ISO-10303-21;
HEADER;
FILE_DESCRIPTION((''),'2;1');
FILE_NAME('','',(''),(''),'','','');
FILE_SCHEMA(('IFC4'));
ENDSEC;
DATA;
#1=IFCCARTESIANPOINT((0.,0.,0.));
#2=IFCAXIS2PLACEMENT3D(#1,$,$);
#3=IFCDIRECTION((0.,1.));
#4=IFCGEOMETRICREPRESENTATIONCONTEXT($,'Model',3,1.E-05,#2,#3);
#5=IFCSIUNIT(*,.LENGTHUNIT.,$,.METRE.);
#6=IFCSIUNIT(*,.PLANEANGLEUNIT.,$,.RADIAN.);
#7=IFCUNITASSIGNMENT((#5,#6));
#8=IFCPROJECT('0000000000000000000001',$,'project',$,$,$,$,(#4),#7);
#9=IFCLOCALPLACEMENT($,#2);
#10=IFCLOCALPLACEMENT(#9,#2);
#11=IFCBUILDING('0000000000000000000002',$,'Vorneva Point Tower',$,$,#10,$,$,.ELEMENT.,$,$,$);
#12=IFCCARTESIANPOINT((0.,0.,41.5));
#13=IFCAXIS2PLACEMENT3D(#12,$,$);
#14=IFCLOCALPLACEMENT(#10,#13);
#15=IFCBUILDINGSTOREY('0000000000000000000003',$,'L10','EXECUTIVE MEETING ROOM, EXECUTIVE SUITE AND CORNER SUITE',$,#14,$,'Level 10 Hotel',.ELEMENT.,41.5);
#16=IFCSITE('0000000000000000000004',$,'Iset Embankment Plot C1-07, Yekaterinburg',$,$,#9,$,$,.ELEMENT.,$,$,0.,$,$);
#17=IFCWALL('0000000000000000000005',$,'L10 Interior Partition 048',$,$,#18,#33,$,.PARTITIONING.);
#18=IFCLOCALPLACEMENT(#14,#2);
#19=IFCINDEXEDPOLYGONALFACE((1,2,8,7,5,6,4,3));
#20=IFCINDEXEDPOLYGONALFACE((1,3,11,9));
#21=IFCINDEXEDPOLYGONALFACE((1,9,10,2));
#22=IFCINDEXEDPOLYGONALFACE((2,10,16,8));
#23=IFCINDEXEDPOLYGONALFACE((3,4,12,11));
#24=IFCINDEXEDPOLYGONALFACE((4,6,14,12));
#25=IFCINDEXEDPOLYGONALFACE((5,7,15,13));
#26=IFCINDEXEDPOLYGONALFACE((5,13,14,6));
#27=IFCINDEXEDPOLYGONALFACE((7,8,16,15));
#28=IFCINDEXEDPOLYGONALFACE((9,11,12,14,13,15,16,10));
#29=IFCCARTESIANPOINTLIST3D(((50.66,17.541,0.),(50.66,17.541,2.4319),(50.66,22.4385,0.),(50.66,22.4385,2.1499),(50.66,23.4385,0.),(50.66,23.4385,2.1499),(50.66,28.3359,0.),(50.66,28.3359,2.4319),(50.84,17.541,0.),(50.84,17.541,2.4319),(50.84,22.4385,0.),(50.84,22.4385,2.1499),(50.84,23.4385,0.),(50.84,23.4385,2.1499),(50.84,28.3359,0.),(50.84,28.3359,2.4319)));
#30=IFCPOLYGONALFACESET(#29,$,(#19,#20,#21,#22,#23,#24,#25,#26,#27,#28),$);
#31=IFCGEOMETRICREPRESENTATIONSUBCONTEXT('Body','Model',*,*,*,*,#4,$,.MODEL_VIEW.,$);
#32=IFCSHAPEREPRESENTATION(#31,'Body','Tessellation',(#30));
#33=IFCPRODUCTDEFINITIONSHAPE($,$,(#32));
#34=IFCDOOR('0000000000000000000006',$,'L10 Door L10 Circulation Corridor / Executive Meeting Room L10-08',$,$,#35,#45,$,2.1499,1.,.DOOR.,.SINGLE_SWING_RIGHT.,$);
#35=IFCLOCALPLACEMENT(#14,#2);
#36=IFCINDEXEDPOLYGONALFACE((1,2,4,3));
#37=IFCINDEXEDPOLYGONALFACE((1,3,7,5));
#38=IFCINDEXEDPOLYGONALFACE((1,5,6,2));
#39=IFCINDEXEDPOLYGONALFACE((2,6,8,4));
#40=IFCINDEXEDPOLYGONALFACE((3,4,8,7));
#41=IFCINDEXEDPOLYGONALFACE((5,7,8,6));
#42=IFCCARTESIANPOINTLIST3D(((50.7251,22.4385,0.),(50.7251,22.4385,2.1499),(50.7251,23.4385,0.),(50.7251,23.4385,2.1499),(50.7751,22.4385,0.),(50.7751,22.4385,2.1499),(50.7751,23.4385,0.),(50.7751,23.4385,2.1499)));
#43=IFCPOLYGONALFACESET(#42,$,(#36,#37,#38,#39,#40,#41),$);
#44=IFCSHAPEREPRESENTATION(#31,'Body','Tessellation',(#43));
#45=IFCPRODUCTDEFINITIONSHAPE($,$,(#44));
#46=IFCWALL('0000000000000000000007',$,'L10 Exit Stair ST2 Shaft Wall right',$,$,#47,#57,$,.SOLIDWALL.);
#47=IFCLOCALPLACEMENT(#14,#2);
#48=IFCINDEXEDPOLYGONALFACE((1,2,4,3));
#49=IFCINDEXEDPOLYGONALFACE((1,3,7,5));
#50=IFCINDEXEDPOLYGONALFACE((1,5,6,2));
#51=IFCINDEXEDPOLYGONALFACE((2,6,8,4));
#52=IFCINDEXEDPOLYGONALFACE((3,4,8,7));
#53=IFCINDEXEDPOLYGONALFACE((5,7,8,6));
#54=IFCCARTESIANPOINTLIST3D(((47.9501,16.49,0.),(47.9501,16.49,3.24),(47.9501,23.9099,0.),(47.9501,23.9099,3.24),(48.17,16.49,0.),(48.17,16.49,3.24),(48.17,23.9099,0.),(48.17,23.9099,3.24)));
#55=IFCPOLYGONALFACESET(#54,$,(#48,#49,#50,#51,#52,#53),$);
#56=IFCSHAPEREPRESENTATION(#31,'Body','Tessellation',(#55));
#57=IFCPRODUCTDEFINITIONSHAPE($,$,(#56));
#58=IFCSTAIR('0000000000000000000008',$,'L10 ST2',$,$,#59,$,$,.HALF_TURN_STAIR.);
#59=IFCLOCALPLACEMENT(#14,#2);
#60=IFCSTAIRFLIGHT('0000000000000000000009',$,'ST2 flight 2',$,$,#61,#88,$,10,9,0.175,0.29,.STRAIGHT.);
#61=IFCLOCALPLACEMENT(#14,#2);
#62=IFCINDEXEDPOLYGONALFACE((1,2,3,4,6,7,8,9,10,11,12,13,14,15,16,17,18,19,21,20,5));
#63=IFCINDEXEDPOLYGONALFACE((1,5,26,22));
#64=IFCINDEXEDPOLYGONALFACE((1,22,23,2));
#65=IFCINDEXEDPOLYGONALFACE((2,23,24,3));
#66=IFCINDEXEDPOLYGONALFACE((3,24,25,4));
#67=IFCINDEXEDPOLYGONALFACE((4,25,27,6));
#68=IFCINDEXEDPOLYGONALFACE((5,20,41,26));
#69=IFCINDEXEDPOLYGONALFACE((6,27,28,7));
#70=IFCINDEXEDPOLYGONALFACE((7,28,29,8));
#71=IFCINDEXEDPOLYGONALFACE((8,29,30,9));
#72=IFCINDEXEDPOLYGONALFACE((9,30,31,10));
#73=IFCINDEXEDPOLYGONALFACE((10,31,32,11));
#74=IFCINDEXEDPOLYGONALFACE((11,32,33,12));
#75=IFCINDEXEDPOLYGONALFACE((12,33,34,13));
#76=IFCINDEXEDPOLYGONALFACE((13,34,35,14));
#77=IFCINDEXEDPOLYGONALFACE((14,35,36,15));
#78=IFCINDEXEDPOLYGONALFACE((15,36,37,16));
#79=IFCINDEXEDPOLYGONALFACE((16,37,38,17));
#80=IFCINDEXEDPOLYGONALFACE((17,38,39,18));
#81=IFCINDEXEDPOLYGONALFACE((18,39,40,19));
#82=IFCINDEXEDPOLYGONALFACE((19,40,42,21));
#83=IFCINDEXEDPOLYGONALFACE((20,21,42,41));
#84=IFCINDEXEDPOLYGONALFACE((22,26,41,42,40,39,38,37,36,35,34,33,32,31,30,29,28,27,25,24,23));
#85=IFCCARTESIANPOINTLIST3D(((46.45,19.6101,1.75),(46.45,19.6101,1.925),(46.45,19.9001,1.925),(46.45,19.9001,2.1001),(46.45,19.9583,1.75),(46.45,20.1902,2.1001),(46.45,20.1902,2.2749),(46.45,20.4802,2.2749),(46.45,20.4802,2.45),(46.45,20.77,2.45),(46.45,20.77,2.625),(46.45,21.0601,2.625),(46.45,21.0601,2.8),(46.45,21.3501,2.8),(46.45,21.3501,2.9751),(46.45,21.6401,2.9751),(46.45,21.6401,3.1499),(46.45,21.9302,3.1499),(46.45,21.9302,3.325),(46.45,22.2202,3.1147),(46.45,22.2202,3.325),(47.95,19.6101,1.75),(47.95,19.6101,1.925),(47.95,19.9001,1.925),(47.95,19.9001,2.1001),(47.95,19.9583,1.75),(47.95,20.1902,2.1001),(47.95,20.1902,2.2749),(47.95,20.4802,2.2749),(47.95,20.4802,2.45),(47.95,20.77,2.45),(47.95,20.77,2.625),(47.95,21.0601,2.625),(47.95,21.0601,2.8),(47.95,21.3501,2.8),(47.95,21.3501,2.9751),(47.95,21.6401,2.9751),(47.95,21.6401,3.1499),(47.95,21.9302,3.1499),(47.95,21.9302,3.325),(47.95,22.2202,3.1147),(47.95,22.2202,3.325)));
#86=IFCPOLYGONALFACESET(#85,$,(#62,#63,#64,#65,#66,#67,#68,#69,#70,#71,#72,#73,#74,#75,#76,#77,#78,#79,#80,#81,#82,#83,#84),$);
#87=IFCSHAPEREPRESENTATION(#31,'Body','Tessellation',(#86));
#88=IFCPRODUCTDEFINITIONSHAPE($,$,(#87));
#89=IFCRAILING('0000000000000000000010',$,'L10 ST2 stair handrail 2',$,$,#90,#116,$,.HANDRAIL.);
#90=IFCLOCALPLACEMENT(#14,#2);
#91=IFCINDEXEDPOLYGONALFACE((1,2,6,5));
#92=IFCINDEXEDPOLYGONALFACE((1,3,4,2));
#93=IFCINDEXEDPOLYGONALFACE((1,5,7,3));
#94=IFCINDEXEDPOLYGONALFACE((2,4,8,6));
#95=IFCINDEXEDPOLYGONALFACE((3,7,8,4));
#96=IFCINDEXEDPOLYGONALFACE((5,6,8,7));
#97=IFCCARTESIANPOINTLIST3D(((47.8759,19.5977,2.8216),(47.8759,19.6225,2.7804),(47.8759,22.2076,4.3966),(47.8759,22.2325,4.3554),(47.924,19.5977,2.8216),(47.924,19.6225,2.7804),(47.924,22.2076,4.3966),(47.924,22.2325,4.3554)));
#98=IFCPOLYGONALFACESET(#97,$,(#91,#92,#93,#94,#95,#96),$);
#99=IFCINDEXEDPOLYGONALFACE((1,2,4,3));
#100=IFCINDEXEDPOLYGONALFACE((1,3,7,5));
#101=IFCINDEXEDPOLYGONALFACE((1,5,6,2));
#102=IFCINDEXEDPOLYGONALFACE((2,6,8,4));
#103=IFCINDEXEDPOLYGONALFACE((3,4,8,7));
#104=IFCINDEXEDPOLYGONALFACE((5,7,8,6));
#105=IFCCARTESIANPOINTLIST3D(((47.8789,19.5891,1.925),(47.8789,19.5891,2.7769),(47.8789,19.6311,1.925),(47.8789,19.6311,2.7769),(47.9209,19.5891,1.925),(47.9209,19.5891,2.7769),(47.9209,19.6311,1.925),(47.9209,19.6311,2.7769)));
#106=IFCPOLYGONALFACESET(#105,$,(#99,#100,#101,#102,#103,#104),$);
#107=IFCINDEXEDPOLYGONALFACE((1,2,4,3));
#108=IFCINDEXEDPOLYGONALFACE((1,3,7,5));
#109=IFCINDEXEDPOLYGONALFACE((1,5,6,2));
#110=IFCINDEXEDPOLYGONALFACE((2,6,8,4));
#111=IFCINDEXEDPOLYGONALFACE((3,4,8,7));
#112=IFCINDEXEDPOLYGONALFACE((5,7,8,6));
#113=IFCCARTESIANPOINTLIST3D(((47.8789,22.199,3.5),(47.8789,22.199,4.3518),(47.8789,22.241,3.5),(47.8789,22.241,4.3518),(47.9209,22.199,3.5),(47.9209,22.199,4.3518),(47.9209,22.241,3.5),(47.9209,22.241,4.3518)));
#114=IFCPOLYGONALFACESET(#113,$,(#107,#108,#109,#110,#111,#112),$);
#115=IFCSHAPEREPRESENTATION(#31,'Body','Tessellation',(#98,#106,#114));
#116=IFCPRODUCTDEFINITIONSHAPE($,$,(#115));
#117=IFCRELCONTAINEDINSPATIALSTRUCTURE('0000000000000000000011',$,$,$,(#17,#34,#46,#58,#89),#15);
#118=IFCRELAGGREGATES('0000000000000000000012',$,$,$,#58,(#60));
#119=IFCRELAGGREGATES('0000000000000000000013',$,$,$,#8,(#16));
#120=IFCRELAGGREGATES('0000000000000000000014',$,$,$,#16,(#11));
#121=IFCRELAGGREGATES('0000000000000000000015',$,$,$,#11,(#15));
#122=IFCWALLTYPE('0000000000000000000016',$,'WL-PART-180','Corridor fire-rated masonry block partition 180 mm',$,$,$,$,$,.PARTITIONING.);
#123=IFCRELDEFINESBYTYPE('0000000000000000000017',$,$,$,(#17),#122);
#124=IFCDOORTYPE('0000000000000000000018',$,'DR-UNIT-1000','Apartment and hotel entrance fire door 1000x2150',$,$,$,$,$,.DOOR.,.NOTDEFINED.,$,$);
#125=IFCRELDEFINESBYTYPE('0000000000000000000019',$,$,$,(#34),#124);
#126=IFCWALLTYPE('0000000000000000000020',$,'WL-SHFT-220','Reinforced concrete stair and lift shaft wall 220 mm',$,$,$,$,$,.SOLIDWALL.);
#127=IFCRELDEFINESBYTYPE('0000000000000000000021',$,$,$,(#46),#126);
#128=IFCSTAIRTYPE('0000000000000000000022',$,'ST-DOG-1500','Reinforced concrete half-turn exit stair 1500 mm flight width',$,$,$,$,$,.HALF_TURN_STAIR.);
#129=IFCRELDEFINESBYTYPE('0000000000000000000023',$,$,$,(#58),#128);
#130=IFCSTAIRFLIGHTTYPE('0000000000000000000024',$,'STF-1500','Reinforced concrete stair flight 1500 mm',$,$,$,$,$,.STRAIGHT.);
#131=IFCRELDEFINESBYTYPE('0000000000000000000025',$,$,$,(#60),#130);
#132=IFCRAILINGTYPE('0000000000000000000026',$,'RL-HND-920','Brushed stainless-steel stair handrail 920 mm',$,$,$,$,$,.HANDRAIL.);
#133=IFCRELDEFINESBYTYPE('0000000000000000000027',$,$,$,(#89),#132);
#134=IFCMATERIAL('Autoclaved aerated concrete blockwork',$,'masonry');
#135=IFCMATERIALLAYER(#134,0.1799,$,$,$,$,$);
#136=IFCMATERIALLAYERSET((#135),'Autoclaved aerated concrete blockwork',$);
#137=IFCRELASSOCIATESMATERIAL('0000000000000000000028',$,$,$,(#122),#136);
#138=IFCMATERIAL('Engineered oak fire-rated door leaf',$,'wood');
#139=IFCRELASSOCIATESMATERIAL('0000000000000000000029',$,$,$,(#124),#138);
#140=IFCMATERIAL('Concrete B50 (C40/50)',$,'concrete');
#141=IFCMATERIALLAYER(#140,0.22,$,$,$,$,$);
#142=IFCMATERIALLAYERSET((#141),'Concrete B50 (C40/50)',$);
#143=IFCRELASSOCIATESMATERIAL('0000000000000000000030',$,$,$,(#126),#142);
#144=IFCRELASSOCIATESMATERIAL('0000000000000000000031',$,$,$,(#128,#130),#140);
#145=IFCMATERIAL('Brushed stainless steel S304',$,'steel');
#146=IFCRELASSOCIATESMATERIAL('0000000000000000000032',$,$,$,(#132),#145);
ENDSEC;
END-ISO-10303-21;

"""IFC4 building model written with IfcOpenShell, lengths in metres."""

from ifc_helpers import new_model, si_unit, direction, frame, frame_2d, origin, origin_2d, place, context, subcontext, project, spatial, polyline, rectangle, outline, extrude, material, layer, layer_set, type_object, element, fill, aggregate, save


model = new_model("IFC4")

# Units and contexts
model_context = context("Model", 3, precision=1e-05, world=origin(), true_north=direction((0.0, 1.0)))
body_context = subcontext(model_context, "Body", "Model", "MODEL_VIEW")
ifc_project = project(units=[si_unit("LENGTHUNIT", "METRE"), si_unit("PLANEANGLEUNIT", "RADIAN")], contexts=[model_context])

# Site, building, storey
site_placement = place(None, origin())
site = spatial("IfcSite", under=ifc_project, at=site_placement, Name="Iset Embankment Plot C1-07, Yekaterinburg", CompositionType="ELEMENT", RefElevation=0.0)
building_placement = place(site_placement, origin())
building = spatial("IfcBuilding", under=site, at=building_placement, Name="Vorneva Point Tower", CompositionType="ELEMENT")
storey_placement = place(building_placement, frame((0.0, 0.0, 41.5)))
storey = spatial("IfcBuildingStorey", under=building, at=storey_placement, Name="L10", Description="EXECUTIVE MEETING ROOM, EXECUTIVE SUITE AND CORNER SUITE", LongName="Level 10 Hotel", CompositionType="ELEMENT", Elevation=41.5)

# Wall, opening, door
ifc_material_1 = material(Name="Autoclaved aerated concrete blockwork", Category="masonry")
ifc_layer_1 = layer(ifc_material_1, 0.1799)
ifc_layer_set_1 = layer_set([ifc_layer_1], Name="Autoclaved aerated concrete blockwork")
wall_type_1 = type_object("IfcWallType", Name="WL-PART-180", Description="Corridor fire-rated masonry block partition 180 mm", PredefinedType="PARTITIONING", material=ifc_layer_set_1)
wall_1_placement = place(storey_placement, frame((50.75, 17.541, 0.0), z_axis=(0.0, 0.0, 1.0), x_axis=(0.0, 1.0, 0.0)))
wall_1 = element("IfcWall", 1, at=wall_1_placement, inside=storey, type_object=wall_type_1, Name="L10 Interior Partition 048", PredefinedType="PARTITIONING", context=body_context, shape_type="SweptSolid", body=[
    extrude(rectangle(XDim=10.7949, YDim=0.1799, at=frame_2d((5.3975, 0.0))), origin(), (0.0, 0.0, 1.0), 2.4319),
])
opening_1_placement = place(wall_1_placement, frame((4.8975, 0.0, 0.0)))
opening_1 = element("IfcOpeningElement", 2, at=opening_1_placement, cuts=wall_1, PredefinedType="OPENING", context=body_context, shape_type="SweptSolid", body=[
    extrude(rectangle(XDim=1.0, YDim=2.1499, at=frame_2d((0.5, 1.075))), frame((0.0, 0.105, 0.0), z_axis=(0.0, -1.0, 0.0), x_axis=(1.0, 0.0, 0.0)), (0.0, 0.0, 1.0), 0.2097),
])
ifc_material_2 = material(Name="Engineered oak fire-rated door leaf", Category="wood")
door_type_1 = type_object("IfcDoorType", Name="DR-UNIT-1000", Description="Apartment and hotel entrance fire door 1000x2150", OperationType="NOTDEFINED", PredefinedType="DOOR", material=ifc_material_2)
door_1_placement = place(opening_1_placement, origin())
door_1 = element("IfcDoor", 3, at=door_1_placement, inside=storey, type_object=door_type_1, Name="L10 Door L10 Circulation Corridor / Executive Meeting Room L10-08", OperationType="SINGLE_SWING_RIGHT", OverallHeight=2.1499, OverallWidth=1.0, PredefinedType="DOOR", context=body_context, shape_type="SweptSolid", body=[
    extrude(rectangle(XDim=1.0, YDim=2.1499, at=frame_2d((0.5, 1.075))), frame((0.0, 0.0249, 0.0), z_axis=(0.0, -1.0, 0.0), x_axis=(1.0, 0.0, 0.0)), (0.0, 0.0, 1.0), 0.05),
])
fill(opening_1, door_1)

# Wall
ifc_material_3 = material(Name="Concrete B50 (C40/50)", Category="concrete")
ifc_layer_2 = layer(ifc_material_3, 0.22)
ifc_layer_set_2 = layer_set([ifc_layer_2], Name="Concrete B50 (C40/50)")
wall_type_2 = type_object("IfcWallType", Name="WL-SHFT-220", Description="Reinforced concrete stair and lift shaft wall 220 mm", PredefinedType="SOLIDWALL", material=ifc_layer_set_2)
wall_2_placement = place(storey_placement, frame((48.0601, 23.9099, 0.0), z_axis=(0.0, 0.0, 1.0), x_axis=(0.0, -1.0, 0.0)))
element("IfcWall", 4, at=wall_2_placement, inside=storey, type_object=wall_type_2, Name="L10 Exit Stair ST2 Shaft Wall right", PredefinedType="SOLIDWALL", context=body_context, shape_type="SweptSolid", body=[
    extrude(rectangle(XDim=7.4199, YDim=0.22, at=frame_2d((3.71, 0.0))), origin(), (0.0, 0.0, 1.0), 3.24),
])

# Stair, stair flight
stair_type = type_object("IfcStairType", Name="ST-DOG-1500", Description="Reinforced concrete half-turn exit stair 1500 mm flight width", PredefinedType="HALF_TURN_STAIR", material=ifc_material_3)
stair_placement = place(storey_placement, origin())
stair = element("IfcStair", 5, at=stair_placement, inside=storey, type_object=stair_type, Name="L10 ST2", PredefinedType="HALF_TURN_STAIR")
stair_flight_type = type_object("IfcStairFlightType", Name="STF-1500", Description="Reinforced concrete stair flight 1500 mm", PredefinedType="STRAIGHT", material=ifc_material_3)
stair_flight_placement = place(storey_placement, frame((47.2, 19.6101, 1.75), z_axis=(0.0, 0.0, 1.0), x_axis=(0.0, 1.0, 0.0)))
stair_flight = element("IfcStairFlight", 6, at=stair_flight_placement, type_object=stair_flight_type, Name="ST2 flight 2", NumberOfRisers=10, NumberOfTreads=9, PredefinedType="STRAIGHT", RiserHeight=0.175, TreadLength=0.29, context=body_context, shape_type="SweptSolid", body=[
    extrude(outline(polyline([(0.0, 0.0), (0.0, 0.175), (0.29, 0.175), (0.29, 0.3501), (0.5801, 0.3501), (0.5801, 0.5249), (0.8701, 0.5249), (0.8701, 0.7), (1.1599, 0.7), (1.1599, 0.875), (1.45, 0.875), (1.45, 1.05), (1.74, 1.05), (1.74, 1.2251), (2.03, 1.2251), (2.03, 1.3999), (2.3201, 1.3999), (2.3201, 1.575), (2.6101, 1.575), (2.6101, 1.75), (2.6101, 1.3647), (0.3481, 0.0), (0.0, 0.0)])), frame((0.0, 0.75, 0.0), z_axis=(0.0, -1.0, 0.0), x_axis=(1.0, 0.0, 0.0)), (0.0, 0.0, 1.0), 1.5),
])
aggregate(stair, [stair_flight])

# Railing
ifc_material_4 = material(Name="Brushed stainless steel S304", Category="steel")
railing_type_1 = type_object("IfcRailingType", Name="RL-HND-920", Description="Brushed stainless-steel stair handrail 920 mm", PredefinedType="HANDRAIL", material=ifc_material_4)
railing_1_placement = place(storey_placement, frame((47.8999, 19.6101, 1.925)))
element("IfcRailing", 7, at=railing_1_placement, inside=storey, type_object=railing_type_1, Name="L10 ST2 stair handrail 2", PredefinedType="HANDRAIL", context=body_context, shape_type="SweptSolid", body=[
    extrude(rectangle(XDim=0.0481, YDim=0.0481, at=origin_2d()), frame((0.0, 0.0, 0.876), z_axis=(0.0, 0.856183, 0.516673), x_axis=(-1.0, 0.0, 0.0)), (0.0, 0.0, 1.0), 3.0483),
    extrude(rectangle(XDim=0.042, YDim=0.042, at=origin_2d()), origin(), (0.0, 0.0, 1.0), 0.8518),
    extrude(rectangle(XDim=0.042, YDim=0.042, at=origin_2d()), frame((0.0, 2.6099, 1.575)), (0.0, 0.0, 1.0), 0.8518),
])

save(model, "model.ifc")
